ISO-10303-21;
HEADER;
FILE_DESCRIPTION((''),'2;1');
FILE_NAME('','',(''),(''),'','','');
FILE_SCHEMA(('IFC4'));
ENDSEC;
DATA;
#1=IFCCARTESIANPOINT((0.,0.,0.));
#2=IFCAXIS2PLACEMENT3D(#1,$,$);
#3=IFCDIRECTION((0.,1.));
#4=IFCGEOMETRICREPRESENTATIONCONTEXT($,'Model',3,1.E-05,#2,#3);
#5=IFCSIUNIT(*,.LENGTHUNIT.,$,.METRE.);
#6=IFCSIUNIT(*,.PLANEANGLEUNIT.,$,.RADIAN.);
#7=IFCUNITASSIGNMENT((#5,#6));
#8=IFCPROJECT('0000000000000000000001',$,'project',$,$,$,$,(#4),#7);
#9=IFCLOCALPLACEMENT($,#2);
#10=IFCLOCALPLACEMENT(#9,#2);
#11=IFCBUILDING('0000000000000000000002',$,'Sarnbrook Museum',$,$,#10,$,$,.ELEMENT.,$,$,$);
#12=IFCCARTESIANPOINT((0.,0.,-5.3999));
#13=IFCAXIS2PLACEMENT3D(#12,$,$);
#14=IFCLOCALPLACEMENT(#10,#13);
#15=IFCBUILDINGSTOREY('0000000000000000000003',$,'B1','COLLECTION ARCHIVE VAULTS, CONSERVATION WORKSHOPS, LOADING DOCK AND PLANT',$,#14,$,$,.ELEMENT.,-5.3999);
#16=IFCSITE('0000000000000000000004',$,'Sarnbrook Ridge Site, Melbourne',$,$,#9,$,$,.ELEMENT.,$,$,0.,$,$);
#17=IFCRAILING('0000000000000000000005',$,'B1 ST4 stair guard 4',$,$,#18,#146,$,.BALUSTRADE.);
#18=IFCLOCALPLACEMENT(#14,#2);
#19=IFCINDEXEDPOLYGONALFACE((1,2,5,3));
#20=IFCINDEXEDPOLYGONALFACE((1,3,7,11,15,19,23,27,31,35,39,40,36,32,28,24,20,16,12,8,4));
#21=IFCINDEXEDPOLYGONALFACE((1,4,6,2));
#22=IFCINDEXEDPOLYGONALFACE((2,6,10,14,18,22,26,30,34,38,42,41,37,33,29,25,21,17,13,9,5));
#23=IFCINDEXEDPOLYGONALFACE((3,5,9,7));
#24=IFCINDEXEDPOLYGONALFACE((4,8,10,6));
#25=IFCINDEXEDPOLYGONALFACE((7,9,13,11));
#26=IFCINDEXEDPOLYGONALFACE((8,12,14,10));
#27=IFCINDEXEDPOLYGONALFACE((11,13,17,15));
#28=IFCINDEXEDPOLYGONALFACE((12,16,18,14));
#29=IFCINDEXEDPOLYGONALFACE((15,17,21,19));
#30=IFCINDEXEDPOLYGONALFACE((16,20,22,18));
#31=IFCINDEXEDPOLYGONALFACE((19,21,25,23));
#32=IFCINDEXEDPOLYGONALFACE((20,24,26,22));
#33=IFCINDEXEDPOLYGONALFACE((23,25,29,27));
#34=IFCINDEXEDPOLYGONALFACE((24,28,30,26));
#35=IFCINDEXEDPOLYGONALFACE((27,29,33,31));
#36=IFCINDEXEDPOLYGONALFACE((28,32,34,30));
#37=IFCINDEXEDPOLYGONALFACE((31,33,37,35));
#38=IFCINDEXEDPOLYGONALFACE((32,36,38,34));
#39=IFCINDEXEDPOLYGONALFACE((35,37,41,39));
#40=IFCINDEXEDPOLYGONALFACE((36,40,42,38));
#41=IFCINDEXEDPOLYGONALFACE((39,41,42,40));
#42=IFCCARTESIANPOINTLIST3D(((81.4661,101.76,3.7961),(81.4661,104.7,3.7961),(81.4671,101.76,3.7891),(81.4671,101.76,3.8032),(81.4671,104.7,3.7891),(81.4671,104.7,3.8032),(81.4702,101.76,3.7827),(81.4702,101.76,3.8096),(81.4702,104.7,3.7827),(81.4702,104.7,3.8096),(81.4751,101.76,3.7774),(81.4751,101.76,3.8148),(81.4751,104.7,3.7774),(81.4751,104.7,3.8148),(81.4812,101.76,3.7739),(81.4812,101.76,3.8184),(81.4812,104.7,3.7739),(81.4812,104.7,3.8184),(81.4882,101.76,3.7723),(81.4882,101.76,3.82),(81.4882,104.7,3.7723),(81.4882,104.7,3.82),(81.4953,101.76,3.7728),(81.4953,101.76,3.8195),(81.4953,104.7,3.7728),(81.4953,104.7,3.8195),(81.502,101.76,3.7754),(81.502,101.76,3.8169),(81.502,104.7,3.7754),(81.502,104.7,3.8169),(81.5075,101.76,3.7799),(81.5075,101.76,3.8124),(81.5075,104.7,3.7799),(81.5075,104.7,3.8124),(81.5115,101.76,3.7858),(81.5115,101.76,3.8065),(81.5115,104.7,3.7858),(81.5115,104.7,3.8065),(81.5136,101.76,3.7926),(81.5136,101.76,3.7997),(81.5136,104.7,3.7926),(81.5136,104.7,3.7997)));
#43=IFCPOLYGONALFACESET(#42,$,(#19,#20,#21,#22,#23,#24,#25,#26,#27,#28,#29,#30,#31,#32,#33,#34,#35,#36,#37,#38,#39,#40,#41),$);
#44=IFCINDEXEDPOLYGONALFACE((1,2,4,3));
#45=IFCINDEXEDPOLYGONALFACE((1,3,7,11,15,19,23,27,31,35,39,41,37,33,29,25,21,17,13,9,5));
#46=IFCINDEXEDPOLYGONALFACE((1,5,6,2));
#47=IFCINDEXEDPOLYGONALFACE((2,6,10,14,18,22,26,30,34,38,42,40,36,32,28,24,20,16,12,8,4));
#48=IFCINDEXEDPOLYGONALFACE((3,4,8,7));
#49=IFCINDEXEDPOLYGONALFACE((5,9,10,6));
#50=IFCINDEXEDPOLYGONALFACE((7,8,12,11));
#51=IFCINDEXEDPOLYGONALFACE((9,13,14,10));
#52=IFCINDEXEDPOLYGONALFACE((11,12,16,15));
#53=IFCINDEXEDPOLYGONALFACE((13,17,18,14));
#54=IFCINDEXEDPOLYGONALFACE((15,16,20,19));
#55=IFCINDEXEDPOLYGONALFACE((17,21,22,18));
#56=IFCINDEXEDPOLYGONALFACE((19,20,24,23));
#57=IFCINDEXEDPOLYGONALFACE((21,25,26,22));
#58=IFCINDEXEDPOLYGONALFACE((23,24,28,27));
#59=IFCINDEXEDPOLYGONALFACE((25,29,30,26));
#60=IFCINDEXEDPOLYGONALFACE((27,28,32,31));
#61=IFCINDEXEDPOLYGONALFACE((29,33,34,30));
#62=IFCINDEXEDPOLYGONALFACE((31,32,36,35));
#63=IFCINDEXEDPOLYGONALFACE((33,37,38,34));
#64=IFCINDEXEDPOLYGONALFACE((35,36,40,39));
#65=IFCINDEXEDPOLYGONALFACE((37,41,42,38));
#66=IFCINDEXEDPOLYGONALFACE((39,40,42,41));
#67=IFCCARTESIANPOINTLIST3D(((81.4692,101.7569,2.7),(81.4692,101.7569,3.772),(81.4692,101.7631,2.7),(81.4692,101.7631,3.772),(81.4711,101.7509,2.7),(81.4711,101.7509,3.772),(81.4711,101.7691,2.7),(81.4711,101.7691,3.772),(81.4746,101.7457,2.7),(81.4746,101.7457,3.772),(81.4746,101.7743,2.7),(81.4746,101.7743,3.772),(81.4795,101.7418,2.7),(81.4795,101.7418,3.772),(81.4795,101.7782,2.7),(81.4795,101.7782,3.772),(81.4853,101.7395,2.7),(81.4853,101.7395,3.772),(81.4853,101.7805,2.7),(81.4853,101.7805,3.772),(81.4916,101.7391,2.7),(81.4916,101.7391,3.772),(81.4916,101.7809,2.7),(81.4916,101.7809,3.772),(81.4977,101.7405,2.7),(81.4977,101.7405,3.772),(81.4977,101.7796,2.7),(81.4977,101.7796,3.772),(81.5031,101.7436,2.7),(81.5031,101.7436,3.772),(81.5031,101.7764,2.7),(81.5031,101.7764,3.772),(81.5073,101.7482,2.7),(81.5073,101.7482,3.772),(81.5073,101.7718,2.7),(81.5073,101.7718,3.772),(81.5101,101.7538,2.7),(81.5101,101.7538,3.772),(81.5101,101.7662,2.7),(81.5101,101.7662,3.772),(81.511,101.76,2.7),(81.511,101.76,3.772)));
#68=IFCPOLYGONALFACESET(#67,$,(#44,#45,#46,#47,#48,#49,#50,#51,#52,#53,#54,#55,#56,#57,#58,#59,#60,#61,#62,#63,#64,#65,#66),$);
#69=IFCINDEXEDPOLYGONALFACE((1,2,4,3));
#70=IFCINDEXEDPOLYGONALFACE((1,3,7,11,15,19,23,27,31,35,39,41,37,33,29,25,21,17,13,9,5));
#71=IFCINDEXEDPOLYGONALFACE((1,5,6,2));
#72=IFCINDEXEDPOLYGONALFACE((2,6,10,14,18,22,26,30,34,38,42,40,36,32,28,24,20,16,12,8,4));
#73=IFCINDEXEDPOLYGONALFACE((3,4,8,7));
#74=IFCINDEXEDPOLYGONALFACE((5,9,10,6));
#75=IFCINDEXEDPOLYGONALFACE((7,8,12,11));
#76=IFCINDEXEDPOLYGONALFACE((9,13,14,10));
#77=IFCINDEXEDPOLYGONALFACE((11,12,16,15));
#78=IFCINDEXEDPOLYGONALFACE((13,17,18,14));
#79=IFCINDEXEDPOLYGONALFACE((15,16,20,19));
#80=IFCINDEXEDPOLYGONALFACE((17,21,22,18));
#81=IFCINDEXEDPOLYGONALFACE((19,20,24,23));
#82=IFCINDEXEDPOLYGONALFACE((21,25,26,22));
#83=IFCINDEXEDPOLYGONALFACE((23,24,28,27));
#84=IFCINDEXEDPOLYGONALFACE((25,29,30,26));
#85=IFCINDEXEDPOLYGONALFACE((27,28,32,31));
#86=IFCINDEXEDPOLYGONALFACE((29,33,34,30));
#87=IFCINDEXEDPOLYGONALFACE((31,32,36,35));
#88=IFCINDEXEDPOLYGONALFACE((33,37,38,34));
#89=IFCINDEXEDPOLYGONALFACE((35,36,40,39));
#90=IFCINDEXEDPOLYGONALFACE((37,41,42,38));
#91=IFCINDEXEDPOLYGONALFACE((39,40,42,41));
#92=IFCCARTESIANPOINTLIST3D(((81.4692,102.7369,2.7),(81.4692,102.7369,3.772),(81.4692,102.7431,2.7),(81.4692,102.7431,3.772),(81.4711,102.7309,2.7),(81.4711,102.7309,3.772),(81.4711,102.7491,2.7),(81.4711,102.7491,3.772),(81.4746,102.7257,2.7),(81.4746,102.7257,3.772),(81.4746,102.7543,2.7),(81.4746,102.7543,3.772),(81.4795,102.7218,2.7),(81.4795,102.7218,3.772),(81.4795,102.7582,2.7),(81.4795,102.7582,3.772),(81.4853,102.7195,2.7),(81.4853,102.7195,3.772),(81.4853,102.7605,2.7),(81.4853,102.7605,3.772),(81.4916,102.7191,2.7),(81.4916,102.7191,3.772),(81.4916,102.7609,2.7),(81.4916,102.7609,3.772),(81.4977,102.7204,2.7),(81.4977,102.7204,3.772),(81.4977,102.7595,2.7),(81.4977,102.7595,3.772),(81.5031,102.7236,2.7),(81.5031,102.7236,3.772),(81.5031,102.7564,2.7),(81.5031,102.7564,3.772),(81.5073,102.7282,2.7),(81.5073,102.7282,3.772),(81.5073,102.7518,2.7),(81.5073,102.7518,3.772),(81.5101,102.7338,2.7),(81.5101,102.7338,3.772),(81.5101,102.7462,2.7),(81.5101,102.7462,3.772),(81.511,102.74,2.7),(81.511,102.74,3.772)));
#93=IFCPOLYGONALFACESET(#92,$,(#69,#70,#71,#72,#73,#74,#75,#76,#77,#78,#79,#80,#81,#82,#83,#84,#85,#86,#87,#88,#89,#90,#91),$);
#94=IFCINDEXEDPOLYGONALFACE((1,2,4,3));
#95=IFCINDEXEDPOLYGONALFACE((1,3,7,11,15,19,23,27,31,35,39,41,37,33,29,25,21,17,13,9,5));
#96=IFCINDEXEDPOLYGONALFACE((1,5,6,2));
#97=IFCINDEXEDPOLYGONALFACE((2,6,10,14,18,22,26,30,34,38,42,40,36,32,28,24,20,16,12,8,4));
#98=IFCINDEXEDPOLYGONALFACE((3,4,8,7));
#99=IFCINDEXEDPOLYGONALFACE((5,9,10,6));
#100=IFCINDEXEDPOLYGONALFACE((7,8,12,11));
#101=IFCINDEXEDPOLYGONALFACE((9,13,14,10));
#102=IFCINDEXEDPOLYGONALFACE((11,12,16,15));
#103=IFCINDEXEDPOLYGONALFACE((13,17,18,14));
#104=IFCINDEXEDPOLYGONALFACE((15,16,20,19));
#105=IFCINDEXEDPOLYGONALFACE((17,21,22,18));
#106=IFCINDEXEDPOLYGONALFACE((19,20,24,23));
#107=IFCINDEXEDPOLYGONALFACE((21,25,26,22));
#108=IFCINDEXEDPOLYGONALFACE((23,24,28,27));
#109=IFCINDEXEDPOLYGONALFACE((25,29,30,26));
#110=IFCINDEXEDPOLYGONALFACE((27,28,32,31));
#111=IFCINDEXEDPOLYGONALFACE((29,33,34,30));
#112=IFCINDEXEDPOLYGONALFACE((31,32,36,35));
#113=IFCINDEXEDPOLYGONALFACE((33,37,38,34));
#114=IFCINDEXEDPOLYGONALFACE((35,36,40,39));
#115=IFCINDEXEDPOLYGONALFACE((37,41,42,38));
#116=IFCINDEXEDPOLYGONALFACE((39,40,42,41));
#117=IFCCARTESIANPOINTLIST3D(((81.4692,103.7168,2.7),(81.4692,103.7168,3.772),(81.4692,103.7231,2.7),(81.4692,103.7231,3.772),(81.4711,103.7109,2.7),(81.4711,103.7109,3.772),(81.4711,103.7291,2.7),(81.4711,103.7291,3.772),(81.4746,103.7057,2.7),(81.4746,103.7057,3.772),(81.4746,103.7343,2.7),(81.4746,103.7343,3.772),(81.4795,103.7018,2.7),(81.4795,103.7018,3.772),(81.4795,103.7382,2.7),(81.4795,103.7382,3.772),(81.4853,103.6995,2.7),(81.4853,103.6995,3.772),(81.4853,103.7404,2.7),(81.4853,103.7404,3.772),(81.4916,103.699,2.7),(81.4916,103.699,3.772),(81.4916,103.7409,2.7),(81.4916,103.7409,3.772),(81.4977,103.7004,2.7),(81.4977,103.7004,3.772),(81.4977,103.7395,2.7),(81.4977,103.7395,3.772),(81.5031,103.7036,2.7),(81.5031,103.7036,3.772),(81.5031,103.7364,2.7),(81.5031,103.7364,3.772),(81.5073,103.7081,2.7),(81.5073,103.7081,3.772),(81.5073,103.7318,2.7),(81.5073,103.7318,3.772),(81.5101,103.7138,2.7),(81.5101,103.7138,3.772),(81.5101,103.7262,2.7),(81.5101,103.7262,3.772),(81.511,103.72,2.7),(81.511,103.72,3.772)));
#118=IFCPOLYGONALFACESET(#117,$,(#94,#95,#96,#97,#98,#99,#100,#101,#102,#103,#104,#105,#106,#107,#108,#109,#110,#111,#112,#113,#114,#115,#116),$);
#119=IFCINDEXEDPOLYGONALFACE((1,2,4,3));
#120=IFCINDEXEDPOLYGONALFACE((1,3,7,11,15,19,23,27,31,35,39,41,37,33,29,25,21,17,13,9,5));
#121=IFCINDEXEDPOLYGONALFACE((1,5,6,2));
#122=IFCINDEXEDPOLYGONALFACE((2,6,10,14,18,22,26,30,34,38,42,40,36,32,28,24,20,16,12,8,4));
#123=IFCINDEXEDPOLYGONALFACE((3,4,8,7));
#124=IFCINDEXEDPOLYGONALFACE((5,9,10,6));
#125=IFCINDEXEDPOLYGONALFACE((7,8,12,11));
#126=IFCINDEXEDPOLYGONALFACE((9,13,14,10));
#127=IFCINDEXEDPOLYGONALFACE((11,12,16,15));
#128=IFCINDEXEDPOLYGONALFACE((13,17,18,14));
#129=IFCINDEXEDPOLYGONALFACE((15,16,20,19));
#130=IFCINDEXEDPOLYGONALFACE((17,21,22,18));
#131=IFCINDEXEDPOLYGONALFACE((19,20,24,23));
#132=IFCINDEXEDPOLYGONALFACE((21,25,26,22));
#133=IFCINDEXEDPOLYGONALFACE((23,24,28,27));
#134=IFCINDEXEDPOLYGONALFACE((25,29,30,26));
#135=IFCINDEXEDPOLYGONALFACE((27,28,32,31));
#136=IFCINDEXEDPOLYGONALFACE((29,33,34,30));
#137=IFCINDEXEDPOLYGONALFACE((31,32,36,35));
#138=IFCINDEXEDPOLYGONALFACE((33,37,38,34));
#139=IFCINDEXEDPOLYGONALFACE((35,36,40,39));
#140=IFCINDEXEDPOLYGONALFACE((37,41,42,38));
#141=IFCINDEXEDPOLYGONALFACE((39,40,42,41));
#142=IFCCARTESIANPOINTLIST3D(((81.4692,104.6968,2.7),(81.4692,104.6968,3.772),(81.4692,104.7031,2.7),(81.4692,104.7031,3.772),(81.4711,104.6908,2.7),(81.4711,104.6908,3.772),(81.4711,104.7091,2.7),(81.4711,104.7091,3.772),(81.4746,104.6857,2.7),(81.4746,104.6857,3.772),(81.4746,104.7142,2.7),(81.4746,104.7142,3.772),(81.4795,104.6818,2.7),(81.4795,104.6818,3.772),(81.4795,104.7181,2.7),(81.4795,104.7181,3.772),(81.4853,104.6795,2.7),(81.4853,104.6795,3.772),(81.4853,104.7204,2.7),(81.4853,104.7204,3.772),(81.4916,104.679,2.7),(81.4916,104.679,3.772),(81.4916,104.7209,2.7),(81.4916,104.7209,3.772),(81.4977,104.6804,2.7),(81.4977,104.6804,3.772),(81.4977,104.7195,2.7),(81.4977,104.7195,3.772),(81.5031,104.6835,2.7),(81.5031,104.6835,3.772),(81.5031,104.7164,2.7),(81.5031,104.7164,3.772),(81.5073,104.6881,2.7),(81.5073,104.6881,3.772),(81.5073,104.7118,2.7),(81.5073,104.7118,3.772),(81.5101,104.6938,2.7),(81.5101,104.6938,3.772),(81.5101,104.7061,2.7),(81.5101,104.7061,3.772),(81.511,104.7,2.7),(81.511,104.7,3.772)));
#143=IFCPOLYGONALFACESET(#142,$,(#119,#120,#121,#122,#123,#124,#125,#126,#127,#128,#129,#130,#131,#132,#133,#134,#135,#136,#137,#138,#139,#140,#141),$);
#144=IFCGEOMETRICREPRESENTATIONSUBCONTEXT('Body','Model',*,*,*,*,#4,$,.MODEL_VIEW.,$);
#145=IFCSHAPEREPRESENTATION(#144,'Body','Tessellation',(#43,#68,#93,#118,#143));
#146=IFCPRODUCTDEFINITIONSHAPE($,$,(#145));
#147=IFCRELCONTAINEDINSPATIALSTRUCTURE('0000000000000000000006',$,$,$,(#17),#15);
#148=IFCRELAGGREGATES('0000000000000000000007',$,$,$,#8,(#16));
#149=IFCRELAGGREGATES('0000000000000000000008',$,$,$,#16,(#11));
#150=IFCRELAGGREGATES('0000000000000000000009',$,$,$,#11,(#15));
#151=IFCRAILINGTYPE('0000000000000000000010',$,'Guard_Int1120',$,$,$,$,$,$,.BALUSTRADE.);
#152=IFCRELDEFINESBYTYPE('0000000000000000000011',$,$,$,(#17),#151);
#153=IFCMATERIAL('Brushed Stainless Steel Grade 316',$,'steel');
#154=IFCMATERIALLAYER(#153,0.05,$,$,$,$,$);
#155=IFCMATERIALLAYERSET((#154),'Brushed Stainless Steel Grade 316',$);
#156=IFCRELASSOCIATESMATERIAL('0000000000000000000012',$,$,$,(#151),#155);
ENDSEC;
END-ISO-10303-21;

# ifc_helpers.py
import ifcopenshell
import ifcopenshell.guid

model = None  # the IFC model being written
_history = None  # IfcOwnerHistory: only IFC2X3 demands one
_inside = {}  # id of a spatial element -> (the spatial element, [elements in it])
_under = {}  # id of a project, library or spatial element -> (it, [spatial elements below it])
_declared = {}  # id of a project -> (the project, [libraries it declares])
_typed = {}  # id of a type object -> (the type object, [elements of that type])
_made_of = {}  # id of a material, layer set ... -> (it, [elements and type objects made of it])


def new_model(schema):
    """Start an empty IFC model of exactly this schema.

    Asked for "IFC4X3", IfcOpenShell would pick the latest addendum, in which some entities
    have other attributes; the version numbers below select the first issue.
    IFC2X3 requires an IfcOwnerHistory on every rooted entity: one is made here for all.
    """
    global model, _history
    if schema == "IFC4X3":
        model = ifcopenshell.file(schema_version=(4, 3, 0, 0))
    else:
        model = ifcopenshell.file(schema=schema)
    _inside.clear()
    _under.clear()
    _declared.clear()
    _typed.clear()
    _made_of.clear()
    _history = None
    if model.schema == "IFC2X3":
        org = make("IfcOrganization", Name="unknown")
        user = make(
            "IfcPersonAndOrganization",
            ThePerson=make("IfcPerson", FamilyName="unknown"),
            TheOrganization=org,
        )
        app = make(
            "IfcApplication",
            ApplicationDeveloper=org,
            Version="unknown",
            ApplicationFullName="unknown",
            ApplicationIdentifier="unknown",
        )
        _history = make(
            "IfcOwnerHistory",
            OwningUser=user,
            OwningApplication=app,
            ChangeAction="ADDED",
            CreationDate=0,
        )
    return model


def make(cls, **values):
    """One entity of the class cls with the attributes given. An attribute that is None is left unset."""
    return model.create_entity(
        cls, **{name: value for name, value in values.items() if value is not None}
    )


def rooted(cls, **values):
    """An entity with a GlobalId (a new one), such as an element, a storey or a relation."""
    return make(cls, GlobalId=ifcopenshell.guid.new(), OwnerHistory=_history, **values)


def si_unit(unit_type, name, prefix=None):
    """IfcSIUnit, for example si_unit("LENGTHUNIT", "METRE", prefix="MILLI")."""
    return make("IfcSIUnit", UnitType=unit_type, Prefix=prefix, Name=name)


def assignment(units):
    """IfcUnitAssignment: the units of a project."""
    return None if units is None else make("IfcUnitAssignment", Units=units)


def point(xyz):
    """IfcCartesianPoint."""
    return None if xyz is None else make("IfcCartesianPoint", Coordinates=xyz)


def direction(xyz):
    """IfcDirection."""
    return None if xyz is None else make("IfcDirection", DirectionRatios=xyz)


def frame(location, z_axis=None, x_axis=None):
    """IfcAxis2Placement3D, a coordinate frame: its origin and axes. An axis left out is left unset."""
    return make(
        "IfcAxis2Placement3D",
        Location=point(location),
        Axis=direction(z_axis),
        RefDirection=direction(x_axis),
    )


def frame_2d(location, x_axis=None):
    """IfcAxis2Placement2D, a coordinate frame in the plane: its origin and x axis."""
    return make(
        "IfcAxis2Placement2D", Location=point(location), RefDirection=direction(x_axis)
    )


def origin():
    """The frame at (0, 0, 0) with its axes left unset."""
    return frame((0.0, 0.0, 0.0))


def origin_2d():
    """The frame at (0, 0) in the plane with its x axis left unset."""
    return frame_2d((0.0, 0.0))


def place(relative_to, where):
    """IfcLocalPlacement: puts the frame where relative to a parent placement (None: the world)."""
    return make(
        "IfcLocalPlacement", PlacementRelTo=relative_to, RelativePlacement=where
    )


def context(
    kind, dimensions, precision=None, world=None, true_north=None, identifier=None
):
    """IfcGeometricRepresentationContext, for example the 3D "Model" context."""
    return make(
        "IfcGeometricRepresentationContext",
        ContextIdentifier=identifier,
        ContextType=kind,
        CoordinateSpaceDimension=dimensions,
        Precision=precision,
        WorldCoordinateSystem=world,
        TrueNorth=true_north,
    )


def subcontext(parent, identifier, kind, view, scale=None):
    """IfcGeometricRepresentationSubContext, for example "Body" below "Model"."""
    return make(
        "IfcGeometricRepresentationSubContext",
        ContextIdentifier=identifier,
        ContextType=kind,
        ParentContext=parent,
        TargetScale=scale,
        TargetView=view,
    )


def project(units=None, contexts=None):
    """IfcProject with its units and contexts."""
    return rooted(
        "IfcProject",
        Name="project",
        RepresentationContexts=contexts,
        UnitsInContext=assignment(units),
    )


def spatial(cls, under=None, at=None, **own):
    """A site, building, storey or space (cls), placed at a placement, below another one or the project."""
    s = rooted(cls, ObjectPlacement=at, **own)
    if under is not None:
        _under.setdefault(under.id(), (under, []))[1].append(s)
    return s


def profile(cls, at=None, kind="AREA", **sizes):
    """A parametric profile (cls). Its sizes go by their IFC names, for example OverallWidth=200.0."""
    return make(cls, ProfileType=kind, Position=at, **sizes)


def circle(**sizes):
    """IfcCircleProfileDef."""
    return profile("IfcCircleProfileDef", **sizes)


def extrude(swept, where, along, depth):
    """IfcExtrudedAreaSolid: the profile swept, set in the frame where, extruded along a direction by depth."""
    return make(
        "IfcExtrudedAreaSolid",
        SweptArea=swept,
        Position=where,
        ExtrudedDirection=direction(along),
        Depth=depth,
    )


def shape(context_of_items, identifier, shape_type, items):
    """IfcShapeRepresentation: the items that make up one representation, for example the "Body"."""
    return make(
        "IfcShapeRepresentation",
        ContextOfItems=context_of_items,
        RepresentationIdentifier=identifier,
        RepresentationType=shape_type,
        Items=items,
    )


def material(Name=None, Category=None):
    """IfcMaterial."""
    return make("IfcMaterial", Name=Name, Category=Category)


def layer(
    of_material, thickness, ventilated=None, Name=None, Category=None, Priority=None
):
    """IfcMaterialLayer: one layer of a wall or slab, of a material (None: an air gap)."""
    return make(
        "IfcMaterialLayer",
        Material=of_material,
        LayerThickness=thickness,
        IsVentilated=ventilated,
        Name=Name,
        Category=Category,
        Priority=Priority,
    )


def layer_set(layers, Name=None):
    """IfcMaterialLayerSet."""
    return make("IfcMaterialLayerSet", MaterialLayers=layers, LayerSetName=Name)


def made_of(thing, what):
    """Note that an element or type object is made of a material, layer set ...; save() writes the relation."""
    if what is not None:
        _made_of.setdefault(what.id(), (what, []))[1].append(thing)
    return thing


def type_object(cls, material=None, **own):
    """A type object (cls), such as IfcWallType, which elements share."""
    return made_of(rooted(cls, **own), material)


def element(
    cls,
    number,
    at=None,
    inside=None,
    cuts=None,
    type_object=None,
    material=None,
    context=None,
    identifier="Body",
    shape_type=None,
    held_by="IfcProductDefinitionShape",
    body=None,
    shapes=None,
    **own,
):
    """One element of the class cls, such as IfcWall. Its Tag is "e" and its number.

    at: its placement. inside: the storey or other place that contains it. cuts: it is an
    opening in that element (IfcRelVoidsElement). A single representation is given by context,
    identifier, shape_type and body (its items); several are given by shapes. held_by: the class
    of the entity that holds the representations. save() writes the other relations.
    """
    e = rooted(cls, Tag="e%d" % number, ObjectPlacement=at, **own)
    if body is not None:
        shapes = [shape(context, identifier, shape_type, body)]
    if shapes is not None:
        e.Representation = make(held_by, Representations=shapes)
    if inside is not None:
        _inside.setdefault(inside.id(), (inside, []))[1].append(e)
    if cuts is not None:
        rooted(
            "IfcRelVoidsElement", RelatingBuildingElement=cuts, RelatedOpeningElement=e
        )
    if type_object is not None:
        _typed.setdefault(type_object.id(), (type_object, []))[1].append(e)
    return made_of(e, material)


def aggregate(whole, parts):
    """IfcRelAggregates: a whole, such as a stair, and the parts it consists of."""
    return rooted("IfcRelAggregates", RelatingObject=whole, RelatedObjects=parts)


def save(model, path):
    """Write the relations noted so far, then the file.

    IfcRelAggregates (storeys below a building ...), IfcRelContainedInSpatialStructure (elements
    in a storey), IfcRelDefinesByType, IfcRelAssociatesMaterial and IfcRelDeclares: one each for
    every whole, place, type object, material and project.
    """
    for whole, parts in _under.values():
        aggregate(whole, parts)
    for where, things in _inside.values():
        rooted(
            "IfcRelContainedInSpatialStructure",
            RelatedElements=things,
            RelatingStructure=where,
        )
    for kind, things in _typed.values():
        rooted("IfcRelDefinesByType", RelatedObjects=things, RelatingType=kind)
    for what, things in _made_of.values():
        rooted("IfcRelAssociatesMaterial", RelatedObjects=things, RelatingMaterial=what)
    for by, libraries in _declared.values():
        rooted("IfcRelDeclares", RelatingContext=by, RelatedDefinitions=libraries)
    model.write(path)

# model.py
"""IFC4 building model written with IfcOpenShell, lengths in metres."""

from ifc_helpers import new_model, si_unit, direction, frame, origin, origin_2d, place, context, subcontext, project, spatial, circle, extrude, material, layer, layer_set, type_object, element, save


model = new_model("IFC4")

# Units and contexts
model_context = context("Model", 3, precision=1e-05, world=origin(), true_north=direction((0.0, 1.0)))
body_context = subcontext(model_context, "Body", "Model", "MODEL_VIEW")
ifc_project = project(units=[si_unit("LENGTHUNIT", "METRE"), si_unit("PLANEANGLEUNIT", "RADIAN")], contexts=[model_context])

# Site, building, storey
site_placement = place(None, origin())
site = spatial("IfcSite", under=ifc_project, at=site_placement, Name="Sarnbrook Ridge Site, Melbourne", CompositionType="ELEMENT", RefElevation=0.0)
building_placement = place(site_placement, origin())
building = spatial("IfcBuilding", under=site, at=building_placement, Name="Sarnbrook Museum", CompositionType="ELEMENT")
storey_placement = place(building_placement, frame((0.0, 0.0, -5.3999)))
storey = spatial("IfcBuildingStorey", under=building, at=storey_placement, Name="B1", Description="COLLECTION ARCHIVE VAULTS, CONSERVATION WORKSHOPS, LOADING DOCK AND PLANT", CompositionType="ELEMENT", Elevation=-5.3999)

# Shared definitions
ifc_material_1 = material(Name="Brushed Stainless Steel Grade 316", Category="steel")

# Railing
ifc_layer_1 = layer(ifc_material_1, 0.05)
ifc_layer_set_1 = layer_set([ifc_layer_1], Name="Brushed Stainless Steel Grade 316")
railing_type_1 = type_object("IfcRailingType", Name="Guard_Int1120", PredefinedType="BALUSTRADE", material=ifc_layer_set_1)
for number, where, name in (
    (1, (81.49, 101.76, 2.7), "B1 ST4 stair guard 4"),
):
    element("IfcRailing", number, at=place(storey_placement, frame(where)), inside=storey, type_object=railing_type_1, Name=name, PredefinedType="BALUSTRADE", context=body_context, shape_type="SweptSolid", body=[
        extrude(circle(Radius=0.0239, at=origin_2d()), frame((0.0, 0.0, 1.0962), z_axis=(0.0, 1.0, 0.0), x_axis=(-1.0, 0.0, 0.0)), (0.0, 0.0, 1.0), 2.9399),
        extrude(circle(Radius=0.021, at=origin_2d()), origin(), (0.0, 0.0, 1.0), 1.072),
        extrude(circle(Radius=0.021, at=origin_2d()), frame((0.0, 0.98, 0.0)), (0.0, 0.0, 1.0), 1.072),
        extrude(circle(Radius=0.021, at=origin_2d()), frame((0.0, 1.96, 0.0)), (0.0, 0.0, 1.0), 1.072),
        extrude(circle(Radius=0.021, at=origin_2d()), frame((0.0, 2.9399, 0.0)), (0.0, 0.0, 1.0), 1.072),
    ])

save(model, "model.ifc")
